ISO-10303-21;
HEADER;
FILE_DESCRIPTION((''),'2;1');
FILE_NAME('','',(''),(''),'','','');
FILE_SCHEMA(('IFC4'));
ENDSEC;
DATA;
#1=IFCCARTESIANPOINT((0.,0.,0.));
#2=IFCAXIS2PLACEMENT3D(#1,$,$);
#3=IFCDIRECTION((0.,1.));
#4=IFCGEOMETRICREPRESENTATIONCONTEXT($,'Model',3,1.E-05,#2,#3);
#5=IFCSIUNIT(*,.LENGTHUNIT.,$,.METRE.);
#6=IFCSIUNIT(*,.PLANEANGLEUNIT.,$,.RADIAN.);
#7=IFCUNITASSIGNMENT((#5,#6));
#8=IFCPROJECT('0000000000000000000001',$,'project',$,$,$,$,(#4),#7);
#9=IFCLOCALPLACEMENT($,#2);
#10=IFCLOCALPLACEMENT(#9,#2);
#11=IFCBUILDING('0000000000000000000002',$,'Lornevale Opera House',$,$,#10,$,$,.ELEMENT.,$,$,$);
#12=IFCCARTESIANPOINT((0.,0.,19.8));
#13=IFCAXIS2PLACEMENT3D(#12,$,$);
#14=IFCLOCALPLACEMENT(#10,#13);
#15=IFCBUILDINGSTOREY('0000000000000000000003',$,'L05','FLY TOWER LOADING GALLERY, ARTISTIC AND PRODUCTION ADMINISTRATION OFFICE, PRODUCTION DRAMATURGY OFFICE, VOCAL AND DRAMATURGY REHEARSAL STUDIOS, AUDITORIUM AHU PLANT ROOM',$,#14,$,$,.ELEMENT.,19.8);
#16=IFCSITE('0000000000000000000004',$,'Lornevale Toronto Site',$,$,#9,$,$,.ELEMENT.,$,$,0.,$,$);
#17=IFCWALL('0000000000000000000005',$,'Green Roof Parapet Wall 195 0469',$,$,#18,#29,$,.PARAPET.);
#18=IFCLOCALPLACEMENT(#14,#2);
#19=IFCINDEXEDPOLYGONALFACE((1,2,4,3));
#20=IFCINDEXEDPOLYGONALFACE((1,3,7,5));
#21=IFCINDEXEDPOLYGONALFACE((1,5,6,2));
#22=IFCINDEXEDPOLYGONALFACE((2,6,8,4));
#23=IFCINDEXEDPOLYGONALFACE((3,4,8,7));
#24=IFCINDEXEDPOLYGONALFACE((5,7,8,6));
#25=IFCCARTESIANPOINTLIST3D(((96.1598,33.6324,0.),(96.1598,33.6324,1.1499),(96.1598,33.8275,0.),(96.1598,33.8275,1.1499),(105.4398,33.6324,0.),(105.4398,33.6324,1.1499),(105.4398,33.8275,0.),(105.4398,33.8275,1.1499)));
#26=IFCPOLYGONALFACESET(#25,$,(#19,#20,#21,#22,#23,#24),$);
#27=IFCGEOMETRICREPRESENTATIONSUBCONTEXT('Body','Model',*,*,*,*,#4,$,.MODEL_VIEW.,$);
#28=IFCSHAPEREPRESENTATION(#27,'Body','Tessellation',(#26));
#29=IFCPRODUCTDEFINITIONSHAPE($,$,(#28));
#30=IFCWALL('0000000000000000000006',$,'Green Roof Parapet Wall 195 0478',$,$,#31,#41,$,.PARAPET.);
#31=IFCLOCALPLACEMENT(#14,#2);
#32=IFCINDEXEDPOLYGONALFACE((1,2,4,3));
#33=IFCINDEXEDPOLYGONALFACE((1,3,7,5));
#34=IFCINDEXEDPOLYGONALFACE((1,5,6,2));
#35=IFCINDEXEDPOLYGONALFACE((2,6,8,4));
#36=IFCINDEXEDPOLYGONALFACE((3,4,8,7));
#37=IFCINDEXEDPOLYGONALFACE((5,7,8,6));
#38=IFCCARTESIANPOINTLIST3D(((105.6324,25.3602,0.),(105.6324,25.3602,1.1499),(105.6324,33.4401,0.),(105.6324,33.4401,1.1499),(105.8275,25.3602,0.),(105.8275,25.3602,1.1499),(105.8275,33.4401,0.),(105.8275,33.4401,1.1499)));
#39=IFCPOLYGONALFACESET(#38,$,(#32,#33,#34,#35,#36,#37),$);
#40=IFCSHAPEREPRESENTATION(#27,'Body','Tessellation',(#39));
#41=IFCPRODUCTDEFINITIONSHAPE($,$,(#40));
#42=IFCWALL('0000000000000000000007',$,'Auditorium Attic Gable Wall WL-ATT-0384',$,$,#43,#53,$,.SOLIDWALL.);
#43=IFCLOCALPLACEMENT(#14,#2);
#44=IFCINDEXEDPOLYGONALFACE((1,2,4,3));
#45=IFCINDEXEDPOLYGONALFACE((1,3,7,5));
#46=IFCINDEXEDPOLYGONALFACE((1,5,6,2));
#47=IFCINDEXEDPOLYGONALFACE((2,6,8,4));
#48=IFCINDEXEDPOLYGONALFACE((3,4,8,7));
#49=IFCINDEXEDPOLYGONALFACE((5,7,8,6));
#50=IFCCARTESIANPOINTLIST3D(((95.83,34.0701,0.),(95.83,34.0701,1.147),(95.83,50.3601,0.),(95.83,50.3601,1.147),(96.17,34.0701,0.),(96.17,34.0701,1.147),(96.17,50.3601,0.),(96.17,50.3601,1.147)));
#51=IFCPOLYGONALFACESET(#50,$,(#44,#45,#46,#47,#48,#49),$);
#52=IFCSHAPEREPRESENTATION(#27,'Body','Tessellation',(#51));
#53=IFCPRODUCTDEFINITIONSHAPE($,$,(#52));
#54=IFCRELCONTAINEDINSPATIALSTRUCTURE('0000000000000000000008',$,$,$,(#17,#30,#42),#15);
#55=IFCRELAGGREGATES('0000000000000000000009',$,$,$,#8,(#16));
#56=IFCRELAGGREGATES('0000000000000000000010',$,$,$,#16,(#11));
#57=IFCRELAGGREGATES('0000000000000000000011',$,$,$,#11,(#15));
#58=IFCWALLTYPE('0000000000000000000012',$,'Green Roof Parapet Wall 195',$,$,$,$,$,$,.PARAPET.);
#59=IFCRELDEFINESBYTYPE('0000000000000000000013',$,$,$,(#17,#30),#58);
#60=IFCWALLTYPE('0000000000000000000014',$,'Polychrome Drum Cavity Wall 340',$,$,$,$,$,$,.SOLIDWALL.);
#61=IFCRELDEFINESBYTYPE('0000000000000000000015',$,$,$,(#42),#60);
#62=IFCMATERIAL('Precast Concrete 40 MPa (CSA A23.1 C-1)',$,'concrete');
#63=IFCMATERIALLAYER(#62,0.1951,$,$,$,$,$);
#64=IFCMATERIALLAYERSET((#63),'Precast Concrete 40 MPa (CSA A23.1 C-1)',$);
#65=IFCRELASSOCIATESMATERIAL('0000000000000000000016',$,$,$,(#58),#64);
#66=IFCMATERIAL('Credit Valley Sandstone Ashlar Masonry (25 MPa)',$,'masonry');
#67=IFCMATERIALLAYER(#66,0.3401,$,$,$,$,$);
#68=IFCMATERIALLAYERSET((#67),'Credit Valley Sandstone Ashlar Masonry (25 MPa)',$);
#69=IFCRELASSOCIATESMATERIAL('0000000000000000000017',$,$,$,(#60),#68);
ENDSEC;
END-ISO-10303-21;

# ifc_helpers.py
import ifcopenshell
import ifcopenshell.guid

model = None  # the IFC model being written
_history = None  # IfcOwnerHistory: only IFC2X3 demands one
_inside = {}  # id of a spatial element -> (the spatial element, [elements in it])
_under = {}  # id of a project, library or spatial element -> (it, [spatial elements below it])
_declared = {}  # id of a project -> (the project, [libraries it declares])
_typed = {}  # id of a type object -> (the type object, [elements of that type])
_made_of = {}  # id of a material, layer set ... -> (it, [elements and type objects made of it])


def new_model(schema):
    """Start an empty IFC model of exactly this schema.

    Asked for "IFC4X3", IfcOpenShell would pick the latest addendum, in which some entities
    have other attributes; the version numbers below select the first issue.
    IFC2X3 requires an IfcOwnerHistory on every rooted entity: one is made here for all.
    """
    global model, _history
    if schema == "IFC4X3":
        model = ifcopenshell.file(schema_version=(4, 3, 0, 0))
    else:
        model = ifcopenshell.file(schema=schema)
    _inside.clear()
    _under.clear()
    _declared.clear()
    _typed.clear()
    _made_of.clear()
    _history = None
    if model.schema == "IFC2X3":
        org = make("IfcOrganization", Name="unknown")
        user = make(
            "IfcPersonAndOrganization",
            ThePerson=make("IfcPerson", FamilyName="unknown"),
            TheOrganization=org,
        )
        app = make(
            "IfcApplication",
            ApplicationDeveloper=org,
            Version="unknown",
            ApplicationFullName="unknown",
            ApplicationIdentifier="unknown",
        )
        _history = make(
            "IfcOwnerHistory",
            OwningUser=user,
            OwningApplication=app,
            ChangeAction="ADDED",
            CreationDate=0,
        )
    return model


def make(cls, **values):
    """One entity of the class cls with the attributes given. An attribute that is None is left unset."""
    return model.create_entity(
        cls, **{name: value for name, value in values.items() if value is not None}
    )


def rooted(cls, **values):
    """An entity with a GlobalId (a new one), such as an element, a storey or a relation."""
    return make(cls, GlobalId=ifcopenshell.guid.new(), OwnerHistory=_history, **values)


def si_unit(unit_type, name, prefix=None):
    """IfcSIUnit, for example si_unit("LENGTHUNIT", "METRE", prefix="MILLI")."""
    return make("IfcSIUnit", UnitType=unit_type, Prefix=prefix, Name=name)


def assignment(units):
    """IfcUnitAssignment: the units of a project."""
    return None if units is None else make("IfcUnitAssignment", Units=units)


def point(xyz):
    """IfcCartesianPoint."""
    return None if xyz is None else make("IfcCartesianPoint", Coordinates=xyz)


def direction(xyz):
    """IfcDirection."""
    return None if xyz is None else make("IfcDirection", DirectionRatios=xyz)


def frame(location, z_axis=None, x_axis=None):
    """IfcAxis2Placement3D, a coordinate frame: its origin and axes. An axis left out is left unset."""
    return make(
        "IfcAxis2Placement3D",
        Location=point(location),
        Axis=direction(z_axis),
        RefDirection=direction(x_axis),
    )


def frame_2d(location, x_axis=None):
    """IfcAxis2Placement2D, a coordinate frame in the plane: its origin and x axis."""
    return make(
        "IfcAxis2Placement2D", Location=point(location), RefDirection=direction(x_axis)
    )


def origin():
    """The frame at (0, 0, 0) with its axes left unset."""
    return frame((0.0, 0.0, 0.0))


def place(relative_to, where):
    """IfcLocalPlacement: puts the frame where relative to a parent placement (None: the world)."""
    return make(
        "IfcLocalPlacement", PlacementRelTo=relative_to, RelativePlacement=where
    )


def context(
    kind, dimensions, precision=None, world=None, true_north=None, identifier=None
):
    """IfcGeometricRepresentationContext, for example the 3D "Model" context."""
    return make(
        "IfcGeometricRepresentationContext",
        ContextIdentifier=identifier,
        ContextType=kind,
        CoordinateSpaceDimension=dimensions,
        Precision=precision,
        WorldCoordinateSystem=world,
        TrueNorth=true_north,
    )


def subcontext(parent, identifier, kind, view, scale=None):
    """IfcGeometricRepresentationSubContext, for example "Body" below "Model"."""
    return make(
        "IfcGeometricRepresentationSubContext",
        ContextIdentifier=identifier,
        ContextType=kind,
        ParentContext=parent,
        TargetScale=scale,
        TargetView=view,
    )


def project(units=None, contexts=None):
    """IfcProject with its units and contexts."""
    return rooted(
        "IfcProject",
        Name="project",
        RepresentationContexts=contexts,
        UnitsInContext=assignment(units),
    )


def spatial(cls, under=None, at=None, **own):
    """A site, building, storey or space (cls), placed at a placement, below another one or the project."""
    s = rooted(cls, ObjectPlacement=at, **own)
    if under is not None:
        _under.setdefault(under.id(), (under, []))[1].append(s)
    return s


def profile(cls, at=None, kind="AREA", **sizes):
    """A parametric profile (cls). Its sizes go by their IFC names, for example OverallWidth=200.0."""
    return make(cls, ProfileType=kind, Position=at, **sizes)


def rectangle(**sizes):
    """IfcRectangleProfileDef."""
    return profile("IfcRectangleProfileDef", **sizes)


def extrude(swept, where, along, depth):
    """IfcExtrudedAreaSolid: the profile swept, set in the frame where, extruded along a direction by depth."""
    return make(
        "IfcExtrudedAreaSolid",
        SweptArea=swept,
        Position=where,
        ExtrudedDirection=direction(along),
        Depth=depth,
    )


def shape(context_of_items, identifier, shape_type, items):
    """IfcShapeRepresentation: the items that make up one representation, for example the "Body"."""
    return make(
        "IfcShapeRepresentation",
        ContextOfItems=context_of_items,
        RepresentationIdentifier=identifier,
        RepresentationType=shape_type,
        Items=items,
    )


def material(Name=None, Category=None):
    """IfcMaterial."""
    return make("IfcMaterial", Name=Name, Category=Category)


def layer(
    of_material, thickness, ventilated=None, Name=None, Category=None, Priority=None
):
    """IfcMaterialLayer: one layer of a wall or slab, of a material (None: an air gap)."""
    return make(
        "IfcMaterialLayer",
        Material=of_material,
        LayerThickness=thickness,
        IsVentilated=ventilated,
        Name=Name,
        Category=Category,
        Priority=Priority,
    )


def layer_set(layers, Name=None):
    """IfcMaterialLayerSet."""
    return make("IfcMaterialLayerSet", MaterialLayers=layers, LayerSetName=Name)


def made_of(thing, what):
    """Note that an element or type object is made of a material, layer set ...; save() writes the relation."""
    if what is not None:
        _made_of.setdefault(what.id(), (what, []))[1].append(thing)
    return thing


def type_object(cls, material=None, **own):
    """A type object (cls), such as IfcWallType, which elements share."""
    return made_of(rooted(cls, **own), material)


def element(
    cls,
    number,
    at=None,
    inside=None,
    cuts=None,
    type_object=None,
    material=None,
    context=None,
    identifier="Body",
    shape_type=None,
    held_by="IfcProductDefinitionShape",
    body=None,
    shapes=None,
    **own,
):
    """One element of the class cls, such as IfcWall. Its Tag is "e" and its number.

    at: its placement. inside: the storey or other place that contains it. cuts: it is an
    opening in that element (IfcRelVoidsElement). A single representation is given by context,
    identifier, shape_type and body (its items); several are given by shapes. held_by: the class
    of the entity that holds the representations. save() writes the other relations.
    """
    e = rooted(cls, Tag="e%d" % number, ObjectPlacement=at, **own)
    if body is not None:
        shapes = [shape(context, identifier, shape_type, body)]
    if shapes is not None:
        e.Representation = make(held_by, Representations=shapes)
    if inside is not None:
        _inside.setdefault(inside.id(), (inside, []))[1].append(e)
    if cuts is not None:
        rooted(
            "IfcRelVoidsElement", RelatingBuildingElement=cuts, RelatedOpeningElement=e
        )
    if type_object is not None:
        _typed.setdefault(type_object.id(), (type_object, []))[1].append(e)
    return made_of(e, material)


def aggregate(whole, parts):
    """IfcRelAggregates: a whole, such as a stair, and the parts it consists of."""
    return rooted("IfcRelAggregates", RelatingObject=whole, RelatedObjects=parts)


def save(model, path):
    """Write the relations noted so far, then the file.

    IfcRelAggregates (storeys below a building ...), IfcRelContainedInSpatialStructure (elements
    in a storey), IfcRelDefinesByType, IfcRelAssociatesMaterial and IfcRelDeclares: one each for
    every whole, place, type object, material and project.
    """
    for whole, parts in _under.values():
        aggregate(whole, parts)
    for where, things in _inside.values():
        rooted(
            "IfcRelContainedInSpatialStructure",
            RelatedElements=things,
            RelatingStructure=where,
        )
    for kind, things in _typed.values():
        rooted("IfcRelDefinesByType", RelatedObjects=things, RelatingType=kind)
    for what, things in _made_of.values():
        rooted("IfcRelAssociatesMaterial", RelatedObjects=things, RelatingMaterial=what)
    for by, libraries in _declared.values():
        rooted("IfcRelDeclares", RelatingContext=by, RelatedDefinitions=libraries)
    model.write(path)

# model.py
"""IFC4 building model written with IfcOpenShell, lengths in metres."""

from ifc_helpers import new_model, si_unit, direction, frame, frame_2d, origin, place, context, subcontext, project, spatial, rectangle, extrude, material, layer, layer_set, type_object, element, save


model = new_model("IFC4")

# Units and contexts
model_context = context("Model", 3, precision=1e-05, world=origin(), true_north=direction((0.0, 1.0)))
body_context = subcontext(model_context, "Body", "Model", "MODEL_VIEW")
ifc_project = project(units=[si_unit("LENGTHUNIT", "METRE"), si_unit("PLANEANGLEUNIT", "RADIAN")], contexts=[model_context])

# Site, building, storey
site_placement = place(None, origin())
site = spatial("IfcSite", under=ifc_project, at=site_placement, Name="Lornevale Toronto Site", CompositionType="ELEMENT", RefElevation=0.0)
building_placement = place(site_placement, origin())
building = spatial("IfcBuilding", under=site, at=building_placement, Name="Lornevale Opera House", CompositionType="ELEMENT")
storey_placement = place(building_placement, frame((0.0, 0.0, 19.8)))
storey = spatial("IfcBuildingStorey", under=building, at=storey_placement, Name="L05", Description="FLY TOWER LOADING GALLERY, ARTISTIC AND PRODUCTION ADMINISTRATION OFFICE, PRODUCTION DRAMATURGY OFFICE, VOCAL AND DRAMATURGY REHEARSAL STUDIOS, AUDITORIUM AHU PLANT ROOM", CompositionType="ELEMENT", Elevation=19.8)

# Walls
ifc_material_1 = material(Name="Precast Concrete 40 MPa (CSA A23.1 C-1)", Category="concrete")
ifc_layer_1 = layer(ifc_material_1, 0.1951)
ifc_layer_set_1 = layer_set([ifc_layer_1], Name="Precast Concrete 40 MPa (CSA A23.1 C-1)")
wall_type_1 = type_object("IfcWallType", Name="Green Roof Parapet Wall 195", PredefinedType="PARAPET", material=ifc_layer_set_1)
wall_1_placement = place(storey_placement, frame((105.4399, 33.73, 0.0), z_axis=(0.0, 0.0, 1.0), x_axis=(-1.0, 0.0, 0.0)))
element("IfcWall", 1, at=wall_1_placement, inside=storey, type_object=wall_type_1, Name="Green Roof Parapet Wall 195 0469", PredefinedType="PARAPET", context=body_context, shape_type="SweptSolid", body=[
    extrude(rectangle(XDim=9.28, YDim=0.1951, at=frame_2d((4.6401, 0.0))), origin(), (0.0, 0.0, 1.0), 1.1499),
])
wall_2_placement = place(storey_placement, frame((105.73, 25.3601, 0.0), z_axis=(0.0, 0.0, 1.0), x_axis=(0.0, 1.0, 0.0)))
element("IfcWall", 2, at=wall_2_placement, inside=storey, type_object=wall_type_1, Name="Green Roof Parapet Wall 195 0478", PredefinedType="PARAPET", context=body_context, shape_type="SweptSolid", body=[
    extrude(rectangle(XDim=8.0798, YDim=0.1951, at=frame_2d((4.04, 0.0))), origin(), (0.0, 0.0, 1.0), 1.1499),
])
ifc_material_2 = material(Name="Credit Valley Sandstone Ashlar Masonry (25 MPa)", Category="masonry")
ifc_layer_2 = layer(ifc_material_2, 0.3401)
ifc_layer_set_2 = layer_set([ifc_layer_2], Name="Credit Valley Sandstone Ashlar Masonry (25 MPa)")
wall_type_2 = type_object("IfcWallType", Name="Polychrome Drum Cavity Wall 340", PredefinedType="SOLIDWALL", material=ifc_layer_set_2)
wall_3_placement = place(storey_placement, frame((96.0, 34.0701, 0.0), z_axis=(0.0, 0.0, 1.0), x_axis=(0.0, 1.0, 0.0)))
element("IfcWall", 3, at=wall_3_placement, inside=storey, type_object=wall_type_2, Name="Auditorium Attic Gable Wall WL-ATT-0384", PredefinedType="SOLIDWALL", context=body_context, shape_type="SweptSolid", body=[
    extrude(rectangle(XDim=16.29, YDim=0.3401, at=frame_2d((8.145, 0.0))), origin(), (0.0, 0.0, 1.0), 1.147),
])

save(model, "model.ifc")
